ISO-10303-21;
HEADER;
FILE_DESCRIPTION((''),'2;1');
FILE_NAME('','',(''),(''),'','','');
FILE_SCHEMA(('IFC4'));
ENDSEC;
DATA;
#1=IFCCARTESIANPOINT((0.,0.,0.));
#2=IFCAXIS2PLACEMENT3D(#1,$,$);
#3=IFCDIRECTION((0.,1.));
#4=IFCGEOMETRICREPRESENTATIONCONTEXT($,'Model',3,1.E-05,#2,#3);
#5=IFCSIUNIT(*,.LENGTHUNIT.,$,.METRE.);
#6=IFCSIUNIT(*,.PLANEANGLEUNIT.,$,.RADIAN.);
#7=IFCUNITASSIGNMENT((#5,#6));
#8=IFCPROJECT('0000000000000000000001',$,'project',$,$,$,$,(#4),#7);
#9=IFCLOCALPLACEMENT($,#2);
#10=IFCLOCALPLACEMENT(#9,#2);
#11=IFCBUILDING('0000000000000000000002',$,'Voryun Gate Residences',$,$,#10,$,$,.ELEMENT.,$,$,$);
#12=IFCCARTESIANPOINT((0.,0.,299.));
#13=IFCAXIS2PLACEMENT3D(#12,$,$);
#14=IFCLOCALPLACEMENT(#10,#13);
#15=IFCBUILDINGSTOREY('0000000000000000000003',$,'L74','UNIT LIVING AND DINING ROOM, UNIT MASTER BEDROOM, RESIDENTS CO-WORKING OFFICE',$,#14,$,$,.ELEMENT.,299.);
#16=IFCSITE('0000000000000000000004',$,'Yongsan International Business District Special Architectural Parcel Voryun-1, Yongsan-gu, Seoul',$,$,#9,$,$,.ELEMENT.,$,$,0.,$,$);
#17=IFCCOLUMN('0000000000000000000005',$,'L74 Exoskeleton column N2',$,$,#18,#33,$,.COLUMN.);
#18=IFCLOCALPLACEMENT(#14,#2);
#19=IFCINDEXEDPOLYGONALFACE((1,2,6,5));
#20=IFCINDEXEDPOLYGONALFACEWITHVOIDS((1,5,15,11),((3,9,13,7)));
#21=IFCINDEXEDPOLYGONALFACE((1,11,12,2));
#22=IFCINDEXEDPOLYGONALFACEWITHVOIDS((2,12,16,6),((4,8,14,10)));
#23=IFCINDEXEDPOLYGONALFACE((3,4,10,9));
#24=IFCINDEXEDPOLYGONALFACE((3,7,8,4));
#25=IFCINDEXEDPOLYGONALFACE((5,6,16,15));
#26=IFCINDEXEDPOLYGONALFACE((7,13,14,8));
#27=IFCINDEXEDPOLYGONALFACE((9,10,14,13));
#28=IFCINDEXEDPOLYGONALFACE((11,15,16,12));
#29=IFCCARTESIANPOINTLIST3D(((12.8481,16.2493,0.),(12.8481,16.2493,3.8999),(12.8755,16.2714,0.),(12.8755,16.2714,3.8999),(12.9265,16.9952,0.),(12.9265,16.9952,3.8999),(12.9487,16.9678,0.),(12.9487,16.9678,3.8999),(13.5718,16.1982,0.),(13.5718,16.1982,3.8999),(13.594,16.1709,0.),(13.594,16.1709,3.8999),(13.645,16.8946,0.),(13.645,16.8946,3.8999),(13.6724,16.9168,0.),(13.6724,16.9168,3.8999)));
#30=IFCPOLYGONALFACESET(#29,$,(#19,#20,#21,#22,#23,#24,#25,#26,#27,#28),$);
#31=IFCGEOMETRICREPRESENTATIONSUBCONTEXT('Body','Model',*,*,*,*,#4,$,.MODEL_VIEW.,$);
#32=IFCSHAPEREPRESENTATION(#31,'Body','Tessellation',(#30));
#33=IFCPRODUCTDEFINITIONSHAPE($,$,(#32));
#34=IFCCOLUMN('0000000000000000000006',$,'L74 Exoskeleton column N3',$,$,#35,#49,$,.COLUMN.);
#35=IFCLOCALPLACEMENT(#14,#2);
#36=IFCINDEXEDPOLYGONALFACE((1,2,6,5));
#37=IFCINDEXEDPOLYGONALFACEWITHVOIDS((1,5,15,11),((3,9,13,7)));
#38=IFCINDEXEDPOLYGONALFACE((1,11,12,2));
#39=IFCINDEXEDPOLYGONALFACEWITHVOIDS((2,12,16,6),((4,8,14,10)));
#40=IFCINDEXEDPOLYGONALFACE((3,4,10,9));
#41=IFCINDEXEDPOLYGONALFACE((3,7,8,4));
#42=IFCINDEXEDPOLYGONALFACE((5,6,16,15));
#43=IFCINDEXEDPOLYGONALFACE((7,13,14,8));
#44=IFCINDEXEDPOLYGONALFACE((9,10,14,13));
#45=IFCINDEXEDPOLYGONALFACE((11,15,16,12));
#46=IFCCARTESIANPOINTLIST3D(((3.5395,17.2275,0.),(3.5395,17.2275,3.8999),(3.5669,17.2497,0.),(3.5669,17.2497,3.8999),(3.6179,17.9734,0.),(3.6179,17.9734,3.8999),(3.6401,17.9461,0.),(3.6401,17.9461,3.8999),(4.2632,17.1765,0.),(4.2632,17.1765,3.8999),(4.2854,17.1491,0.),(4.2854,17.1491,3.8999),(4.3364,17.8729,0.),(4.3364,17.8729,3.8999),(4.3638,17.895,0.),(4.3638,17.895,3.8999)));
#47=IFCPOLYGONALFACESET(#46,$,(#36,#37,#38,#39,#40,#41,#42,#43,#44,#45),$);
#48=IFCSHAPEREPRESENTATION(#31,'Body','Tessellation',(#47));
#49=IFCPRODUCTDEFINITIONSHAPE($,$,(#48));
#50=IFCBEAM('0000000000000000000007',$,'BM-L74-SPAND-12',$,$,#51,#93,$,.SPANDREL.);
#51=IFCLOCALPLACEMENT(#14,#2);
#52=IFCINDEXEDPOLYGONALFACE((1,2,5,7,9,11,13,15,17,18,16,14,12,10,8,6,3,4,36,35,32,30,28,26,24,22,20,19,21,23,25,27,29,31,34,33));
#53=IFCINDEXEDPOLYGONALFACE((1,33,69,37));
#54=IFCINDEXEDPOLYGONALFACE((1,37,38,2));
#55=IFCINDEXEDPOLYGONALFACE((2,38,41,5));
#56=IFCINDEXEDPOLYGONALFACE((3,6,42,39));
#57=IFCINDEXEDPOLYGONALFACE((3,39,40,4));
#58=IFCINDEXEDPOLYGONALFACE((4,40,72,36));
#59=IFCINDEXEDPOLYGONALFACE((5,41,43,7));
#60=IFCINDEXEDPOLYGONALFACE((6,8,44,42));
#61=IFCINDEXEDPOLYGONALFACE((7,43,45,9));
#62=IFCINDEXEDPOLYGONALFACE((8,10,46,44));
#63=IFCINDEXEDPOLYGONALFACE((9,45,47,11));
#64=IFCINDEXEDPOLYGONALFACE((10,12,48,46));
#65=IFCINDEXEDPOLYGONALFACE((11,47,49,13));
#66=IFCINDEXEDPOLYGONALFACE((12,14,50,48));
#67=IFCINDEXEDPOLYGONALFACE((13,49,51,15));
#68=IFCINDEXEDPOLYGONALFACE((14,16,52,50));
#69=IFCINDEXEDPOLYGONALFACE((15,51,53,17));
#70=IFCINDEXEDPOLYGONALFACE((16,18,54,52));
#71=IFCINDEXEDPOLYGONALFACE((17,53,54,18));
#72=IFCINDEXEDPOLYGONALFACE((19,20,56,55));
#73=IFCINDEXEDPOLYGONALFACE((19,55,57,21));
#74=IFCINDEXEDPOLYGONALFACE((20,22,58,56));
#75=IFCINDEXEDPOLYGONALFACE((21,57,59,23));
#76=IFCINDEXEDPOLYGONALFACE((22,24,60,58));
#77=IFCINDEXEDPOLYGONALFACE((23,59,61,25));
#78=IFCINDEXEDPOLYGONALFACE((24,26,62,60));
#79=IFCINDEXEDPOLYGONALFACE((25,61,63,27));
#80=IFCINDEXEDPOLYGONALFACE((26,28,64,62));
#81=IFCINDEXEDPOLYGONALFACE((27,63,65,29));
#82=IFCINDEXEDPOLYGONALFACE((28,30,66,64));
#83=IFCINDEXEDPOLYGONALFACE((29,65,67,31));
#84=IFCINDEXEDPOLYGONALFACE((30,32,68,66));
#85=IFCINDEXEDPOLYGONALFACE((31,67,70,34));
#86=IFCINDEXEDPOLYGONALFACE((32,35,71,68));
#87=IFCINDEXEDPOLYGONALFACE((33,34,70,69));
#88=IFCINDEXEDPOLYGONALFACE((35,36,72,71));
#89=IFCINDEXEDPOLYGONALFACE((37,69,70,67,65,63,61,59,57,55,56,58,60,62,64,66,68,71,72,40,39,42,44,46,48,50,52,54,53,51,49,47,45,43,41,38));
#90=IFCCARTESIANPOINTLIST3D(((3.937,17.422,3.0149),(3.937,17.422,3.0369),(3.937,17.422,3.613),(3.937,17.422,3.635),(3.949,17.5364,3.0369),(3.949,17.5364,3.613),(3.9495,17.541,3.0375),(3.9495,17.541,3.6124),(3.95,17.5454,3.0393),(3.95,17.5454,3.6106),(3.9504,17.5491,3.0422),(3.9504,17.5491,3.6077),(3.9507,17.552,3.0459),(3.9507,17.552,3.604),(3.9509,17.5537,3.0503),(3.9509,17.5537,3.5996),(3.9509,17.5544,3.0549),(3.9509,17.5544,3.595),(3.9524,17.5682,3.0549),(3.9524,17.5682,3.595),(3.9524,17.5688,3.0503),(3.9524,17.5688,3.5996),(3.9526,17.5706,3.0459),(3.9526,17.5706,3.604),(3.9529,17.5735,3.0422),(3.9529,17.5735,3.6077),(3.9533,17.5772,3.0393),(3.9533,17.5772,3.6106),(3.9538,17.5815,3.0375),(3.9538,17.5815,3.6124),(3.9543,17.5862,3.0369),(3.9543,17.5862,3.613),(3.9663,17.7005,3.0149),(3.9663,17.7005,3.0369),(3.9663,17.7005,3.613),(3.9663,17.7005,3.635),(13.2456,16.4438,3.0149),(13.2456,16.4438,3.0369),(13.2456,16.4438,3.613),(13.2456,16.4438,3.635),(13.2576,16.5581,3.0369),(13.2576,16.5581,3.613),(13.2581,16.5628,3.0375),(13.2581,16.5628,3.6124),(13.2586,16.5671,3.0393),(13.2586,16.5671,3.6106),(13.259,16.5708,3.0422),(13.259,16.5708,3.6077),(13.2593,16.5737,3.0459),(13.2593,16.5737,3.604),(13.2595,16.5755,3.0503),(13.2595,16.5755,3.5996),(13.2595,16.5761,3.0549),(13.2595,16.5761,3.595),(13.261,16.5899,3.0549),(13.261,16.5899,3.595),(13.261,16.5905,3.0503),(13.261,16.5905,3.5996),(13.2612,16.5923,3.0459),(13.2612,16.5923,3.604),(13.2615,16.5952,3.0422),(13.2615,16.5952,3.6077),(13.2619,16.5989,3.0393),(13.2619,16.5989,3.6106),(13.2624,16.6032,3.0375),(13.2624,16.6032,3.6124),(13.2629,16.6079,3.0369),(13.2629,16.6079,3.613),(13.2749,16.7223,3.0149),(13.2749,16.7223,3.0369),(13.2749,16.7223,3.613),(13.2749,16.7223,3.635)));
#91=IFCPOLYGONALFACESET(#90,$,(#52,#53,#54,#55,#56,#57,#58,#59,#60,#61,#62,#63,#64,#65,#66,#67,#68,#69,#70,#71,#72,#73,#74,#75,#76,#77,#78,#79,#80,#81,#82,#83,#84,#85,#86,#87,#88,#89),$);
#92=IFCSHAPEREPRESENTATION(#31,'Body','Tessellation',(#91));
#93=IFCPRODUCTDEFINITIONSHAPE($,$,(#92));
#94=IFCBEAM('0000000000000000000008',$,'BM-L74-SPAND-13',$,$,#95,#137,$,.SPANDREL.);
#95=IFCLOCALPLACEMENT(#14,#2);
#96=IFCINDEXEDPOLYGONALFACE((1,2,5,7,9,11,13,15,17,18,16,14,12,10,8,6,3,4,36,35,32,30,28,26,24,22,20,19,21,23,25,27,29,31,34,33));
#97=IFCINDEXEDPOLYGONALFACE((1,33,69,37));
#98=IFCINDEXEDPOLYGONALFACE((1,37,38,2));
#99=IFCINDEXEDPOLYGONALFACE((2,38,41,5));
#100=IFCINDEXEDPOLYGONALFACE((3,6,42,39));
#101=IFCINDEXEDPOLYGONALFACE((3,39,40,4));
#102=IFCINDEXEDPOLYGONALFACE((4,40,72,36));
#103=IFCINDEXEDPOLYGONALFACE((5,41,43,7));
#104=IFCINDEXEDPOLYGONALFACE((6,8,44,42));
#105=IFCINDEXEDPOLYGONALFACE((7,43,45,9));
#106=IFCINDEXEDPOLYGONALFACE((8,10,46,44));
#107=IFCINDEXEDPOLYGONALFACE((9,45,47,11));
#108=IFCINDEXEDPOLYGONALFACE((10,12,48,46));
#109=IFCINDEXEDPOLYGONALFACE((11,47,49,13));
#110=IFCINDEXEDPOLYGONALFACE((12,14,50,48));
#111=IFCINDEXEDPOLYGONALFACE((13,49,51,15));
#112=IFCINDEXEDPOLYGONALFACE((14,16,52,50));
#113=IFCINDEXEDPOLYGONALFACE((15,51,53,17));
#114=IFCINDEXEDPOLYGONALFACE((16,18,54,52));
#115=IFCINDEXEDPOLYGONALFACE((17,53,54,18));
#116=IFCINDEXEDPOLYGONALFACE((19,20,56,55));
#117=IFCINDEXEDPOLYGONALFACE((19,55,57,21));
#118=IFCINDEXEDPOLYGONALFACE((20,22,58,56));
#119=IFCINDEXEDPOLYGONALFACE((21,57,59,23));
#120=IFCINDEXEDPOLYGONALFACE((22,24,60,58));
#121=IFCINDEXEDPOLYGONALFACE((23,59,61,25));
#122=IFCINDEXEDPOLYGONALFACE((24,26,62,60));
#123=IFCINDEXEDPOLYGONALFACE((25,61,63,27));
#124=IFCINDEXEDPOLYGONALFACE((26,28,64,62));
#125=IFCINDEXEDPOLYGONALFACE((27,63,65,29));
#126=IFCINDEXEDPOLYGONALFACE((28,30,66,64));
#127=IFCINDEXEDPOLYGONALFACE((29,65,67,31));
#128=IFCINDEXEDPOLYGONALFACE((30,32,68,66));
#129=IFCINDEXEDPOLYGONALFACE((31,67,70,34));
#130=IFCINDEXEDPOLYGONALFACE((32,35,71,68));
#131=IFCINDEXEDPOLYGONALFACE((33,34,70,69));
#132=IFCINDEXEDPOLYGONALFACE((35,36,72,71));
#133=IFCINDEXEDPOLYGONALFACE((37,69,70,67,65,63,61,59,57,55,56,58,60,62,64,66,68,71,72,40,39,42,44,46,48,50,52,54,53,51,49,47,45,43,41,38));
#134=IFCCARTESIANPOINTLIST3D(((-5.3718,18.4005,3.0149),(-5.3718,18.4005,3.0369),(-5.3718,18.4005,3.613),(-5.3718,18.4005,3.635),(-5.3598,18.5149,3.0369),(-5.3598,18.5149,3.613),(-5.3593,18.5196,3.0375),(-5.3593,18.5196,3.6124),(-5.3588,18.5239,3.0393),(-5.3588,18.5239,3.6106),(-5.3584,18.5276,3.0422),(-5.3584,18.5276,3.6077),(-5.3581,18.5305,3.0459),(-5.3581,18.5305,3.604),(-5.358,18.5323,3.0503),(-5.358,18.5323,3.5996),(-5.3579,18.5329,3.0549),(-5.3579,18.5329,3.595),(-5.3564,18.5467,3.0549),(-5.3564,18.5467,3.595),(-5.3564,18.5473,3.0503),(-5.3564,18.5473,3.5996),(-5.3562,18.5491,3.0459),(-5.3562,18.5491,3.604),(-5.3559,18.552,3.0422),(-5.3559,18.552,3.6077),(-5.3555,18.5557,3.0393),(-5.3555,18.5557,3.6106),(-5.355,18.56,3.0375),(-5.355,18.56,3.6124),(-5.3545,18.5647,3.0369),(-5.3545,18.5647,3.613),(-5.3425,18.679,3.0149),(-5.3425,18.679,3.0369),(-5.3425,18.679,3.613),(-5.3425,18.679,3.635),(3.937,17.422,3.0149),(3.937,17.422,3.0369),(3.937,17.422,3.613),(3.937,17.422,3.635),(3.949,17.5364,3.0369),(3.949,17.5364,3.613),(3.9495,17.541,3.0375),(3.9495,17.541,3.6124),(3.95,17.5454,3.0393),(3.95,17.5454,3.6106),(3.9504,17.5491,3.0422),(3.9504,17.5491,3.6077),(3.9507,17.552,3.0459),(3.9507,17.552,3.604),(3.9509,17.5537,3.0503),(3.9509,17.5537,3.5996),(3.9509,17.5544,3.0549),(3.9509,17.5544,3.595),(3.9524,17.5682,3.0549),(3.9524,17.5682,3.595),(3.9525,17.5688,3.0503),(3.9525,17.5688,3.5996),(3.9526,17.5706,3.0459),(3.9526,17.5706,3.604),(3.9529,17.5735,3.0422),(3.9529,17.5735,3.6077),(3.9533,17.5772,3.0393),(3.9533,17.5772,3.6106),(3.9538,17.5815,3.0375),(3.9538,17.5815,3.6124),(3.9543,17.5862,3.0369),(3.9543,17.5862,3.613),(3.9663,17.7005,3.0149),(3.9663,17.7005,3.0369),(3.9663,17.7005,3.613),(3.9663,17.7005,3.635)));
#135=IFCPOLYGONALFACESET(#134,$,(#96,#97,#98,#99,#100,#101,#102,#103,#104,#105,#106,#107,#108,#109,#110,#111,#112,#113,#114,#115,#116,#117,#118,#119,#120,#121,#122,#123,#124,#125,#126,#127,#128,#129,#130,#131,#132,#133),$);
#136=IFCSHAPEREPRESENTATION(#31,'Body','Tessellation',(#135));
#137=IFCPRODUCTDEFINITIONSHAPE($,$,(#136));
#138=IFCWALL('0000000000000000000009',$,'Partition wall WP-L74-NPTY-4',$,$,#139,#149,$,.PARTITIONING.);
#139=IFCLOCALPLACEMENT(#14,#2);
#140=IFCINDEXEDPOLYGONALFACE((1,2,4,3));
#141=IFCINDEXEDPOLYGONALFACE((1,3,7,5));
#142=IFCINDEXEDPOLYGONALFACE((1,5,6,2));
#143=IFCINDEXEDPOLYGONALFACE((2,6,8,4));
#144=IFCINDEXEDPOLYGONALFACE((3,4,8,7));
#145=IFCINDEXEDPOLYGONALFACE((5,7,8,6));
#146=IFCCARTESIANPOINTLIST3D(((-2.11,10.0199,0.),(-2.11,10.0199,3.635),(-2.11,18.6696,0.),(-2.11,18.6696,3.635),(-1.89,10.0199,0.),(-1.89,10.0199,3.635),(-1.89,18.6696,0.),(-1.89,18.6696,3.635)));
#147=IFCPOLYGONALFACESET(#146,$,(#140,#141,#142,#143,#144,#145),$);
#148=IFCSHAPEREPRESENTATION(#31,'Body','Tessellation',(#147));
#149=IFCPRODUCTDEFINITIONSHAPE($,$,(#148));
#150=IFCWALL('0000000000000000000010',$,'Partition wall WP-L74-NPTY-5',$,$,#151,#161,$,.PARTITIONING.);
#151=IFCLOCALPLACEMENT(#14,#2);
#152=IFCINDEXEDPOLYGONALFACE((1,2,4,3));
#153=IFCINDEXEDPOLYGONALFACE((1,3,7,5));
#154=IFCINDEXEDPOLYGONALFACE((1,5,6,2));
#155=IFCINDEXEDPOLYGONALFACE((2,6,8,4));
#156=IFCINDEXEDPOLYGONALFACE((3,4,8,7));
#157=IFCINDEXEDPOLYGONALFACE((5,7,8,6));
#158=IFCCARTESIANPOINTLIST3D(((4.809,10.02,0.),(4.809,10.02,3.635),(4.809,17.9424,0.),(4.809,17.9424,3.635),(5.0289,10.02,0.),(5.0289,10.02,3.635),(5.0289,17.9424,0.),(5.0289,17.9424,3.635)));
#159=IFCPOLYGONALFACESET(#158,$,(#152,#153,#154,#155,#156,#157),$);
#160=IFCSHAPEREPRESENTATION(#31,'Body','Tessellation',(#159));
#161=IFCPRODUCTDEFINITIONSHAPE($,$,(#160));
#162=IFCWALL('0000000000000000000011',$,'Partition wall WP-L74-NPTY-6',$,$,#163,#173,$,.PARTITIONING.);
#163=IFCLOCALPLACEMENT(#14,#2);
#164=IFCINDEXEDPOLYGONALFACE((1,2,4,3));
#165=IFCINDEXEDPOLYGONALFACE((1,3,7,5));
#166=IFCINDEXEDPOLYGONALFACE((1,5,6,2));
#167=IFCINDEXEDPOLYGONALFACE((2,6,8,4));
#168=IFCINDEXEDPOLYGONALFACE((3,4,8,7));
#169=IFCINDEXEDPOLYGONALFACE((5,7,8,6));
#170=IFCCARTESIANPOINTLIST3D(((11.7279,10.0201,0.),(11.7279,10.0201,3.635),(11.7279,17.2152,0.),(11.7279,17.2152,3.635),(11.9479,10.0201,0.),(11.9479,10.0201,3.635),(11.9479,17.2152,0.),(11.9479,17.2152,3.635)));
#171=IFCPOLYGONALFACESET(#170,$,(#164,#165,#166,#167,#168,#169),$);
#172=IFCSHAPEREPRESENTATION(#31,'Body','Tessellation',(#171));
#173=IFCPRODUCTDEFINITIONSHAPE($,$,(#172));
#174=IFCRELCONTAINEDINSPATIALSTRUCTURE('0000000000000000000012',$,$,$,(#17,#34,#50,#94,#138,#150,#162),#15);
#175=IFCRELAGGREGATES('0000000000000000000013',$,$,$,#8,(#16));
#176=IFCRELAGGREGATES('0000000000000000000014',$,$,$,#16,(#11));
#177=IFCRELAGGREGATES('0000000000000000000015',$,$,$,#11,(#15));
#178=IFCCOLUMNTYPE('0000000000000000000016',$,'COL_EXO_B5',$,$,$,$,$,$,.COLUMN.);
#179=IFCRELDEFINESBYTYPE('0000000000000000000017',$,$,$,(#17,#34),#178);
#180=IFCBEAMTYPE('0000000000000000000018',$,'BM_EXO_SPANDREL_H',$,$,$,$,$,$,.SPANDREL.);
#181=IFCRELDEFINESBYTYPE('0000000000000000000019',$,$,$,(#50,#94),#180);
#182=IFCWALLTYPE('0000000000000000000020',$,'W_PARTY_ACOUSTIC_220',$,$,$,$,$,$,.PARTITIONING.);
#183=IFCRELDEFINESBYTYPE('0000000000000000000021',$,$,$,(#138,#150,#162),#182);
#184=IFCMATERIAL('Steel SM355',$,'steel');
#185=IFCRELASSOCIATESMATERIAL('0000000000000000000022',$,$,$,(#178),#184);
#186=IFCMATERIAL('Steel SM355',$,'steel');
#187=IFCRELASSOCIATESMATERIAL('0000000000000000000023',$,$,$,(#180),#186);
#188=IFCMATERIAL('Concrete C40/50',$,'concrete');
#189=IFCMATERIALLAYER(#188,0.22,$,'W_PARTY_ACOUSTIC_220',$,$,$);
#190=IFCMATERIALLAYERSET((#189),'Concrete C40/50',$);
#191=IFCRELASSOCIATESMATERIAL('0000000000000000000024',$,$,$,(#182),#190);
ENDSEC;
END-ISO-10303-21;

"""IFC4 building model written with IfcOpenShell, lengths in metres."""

from ifc_helpers import new_model, si_unit, direction, frame, frame_2d, origin, origin_2d, place, context, subcontext, project, spatial, rectangle, hollow_rectangle, i_section, extrude, material, layer, layer_set, material_profile, profile_set, type_object, element, save


model = new_model("IFC4")

# Units and contexts
model_context = context("Model", 3, precision=1e-05, world=origin(), true_north=direction((0.0, 1.0)))
body_context = subcontext(model_context, "Body", "Model", "MODEL_VIEW")
ifc_project = project(units=[si_unit("LENGTHUNIT", "METRE"), si_unit("PLANEANGLEUNIT", "RADIAN")], contexts=[model_context])

# Site, building, storey
site_placement = place(None, origin())
site = spatial("IfcSite", under=ifc_project, at=site_placement, Name="Yongsan International Business District Special Architectural Parcel Voryun-1, Yongsan-gu, Seoul", CompositionType="ELEMENT", RefElevation=0.0)
building_placement = place(site_placement, origin())
building = spatial("IfcBuilding", under=site, at=building_placement, Name="Voryun Gate Residences", CompositionType="ELEMENT")
storey_placement = place(building_placement, frame((0.0, 0.0, 299.0)))
storey = spatial("IfcBuildingStorey", under=building, at=storey_placement, Name="L74", Description="UNIT LIVING AND DINING ROOM, UNIT MASTER BEDROOM, RESIDENTS CO-WORKING OFFICE", CompositionType="ELEMENT", Elevation=299.0)

# Columns
ifc_material_1 = material(Name="Steel SM355", Category="steel")
ifc_material_profile_1 = material_profile(ifc_material_1, hollow_rectangle(XDim=0.75, YDim=0.75, WallThickness=0.0249, at=origin_2d()), Name="BOX-750x750x25")
ifc_profile_set_1 = profile_set([ifc_material_profile_1], Name="Steel SM355")
column_type = type_object("IfcColumnType", Name="COL_EXO_B5", PredefinedType="COLUMN", material=ifc_profile_set_1)
for number, where, z_axis, x_axis, name in (
    (1, (13.2603, 16.583, 0.0), (0.0, 0.0, 1.0), (0.994522, -0.104528, 0.0), "L74 Exoskeleton column N2"),
    (2, (3.9517, 17.5613, 0.0), (0.0, 0.0, 1.0), (0.994522, -0.104528, 0.0), "L74 Exoskeleton column N3"),
):
    element("IfcColumn", number, at=place(storey_placement, frame(where, z_axis=z_axis, x_axis=x_axis)), inside=storey, type_object=column_type, Name=name, PredefinedType="COLUMN", context=body_context, shape_type="SweptSolid", body=[
        extrude(hollow_rectangle(XDim=0.75, YDim=0.75, WallThickness=0.0249, at=origin_2d()), origin(), (0.0, 0.0, 1.0), 3.8999),
    ])

# Beams
ifc_material_2 = material(Name="Steel SM355", Category="steel")
ifc_material_profile_2 = material_profile(ifc_material_2, i_section(OverallWidth=0.28, OverallDepth=0.6201, WebThickness=0.0139, FlangeThickness=0.022, FilletRadius=0.0181, at=origin_2d()), Name="H-620x280x14x22")
ifc_profile_set_2 = profile_set([ifc_material_profile_2], Name="Steel SM355")
beam_type = type_object("IfcBeamType", Name="BM_EXO_SPANDREL_H", PredefinedType="SPANDREL", material=ifc_profile_set_2)
beam_1_placement = place(storey_placement, frame((13.2603, 16.583, 3.325), z_axis=(-0.994523, 0.104518, 0.0), x_axis=(-0.104518, -0.994523, 0.0)))
element("IfcBeam", 3, at=beam_1_placement, inside=storey, type_object=beam_type, Name="BM-L74-SPAND-12", PredefinedType="SPANDREL", context=body_context, shape_type="SweptSolid", body=[
    extrude(i_section(OverallWidth=0.28, OverallDepth=0.6201, WebThickness=0.0139, FlangeThickness=0.022, FilletRadius=0.0181, at=origin_2d()), origin(), (0.0, 0.0, 1.0), 9.3599),
])
beam_2_placement = place(storey_placement, frame((3.9517, 17.5613, 3.325), z_axis=(-0.994521, 0.104541, 0.0), x_axis=(-0.104541, -0.994521, 0.0)))
element("IfcBeam", 4, at=beam_2_placement, inside=storey, type_object=beam_type, Name="BM-L74-SPAND-13", PredefinedType="SPANDREL", context=body_context, shape_type="SweptSolid", body=[
    extrude(i_section(OverallWidth=0.28, OverallDepth=0.6201, WebThickness=0.0139, FlangeThickness=0.022, FilletRadius=0.0181, at=origin_2d()), origin(), (0.0, 0.0, 1.0), 9.3601),
])

# Walls
ifc_material_3 = material(Name="Concrete C40/50", Category="concrete")
ifc_layer_1 = layer(ifc_material_3, 0.22, Name="W_PARTY_ACOUSTIC_220")
ifc_layer_set_1 = layer_set([ifc_layer_1], Name="Concrete C40/50")
wall_type_1 = type_object("IfcWallType", Name="W_PARTY_ACOUSTIC_220", PredefinedType="PARTITIONING", material=ifc_layer_set_1)
wall_1_placement = place(storey_placement, frame((-2.0, 10.02, 0.0), z_axis=(0.0, 0.0, 1.0), x_axis=(0.0, 1.0, 0.0)))
element("IfcWall", 5, at=wall_1_placement, inside=storey, type_object=wall_type_1, Name="Partition wall WP-L74-NPTY-4", PredefinedType="PARTITIONING", context=body_context, shape_type="SweptSolid", body=[
    extrude(rectangle(XDim=8.6497, YDim=0.22, at=frame_2d((4.3247, 0.0))), origin(), (0.0, 0.0, 1.0), 3.635),
])
wall_2_placement = place(storey_placement, frame((4.9189, 10.02, 0.0), z_axis=(0.0, 0.0, 1.0), x_axis=(0.0, 1.0, 0.0)))
element("IfcWall", 6, at=wall_2_placement, inside=storey, type_object=wall_type_1, Name="Partition wall WP-L74-NPTY-5", PredefinedType="PARTITIONING", context=body_context, shape_type="SweptSolid", body=[
    extrude(rectangle(XDim=7.9224, YDim=0.22, at=frame_2d((3.9612, 0.0))), origin(), (0.0, 0.0, 1.0), 3.635),
])
wall_3_placement = place(storey_placement, frame((11.8379, 10.02, 0.0), z_axis=(0.0, 0.0, 1.0), x_axis=(0.0, 1.0, 0.0)))
element("IfcWall", 7, at=wall_3_placement, inside=storey, type_object=wall_type_1, Name="Partition wall WP-L74-NPTY-6", PredefinedType="PARTITIONING", context=body_context, shape_type="SweptSolid", body=[
    extrude(rectangle(XDim=7.1951, YDim=0.22, at=frame_2d((3.5977, 0.0))), origin(), (0.0, 0.0, 1.0), 3.635),
])

save(model, "model.ifc")
